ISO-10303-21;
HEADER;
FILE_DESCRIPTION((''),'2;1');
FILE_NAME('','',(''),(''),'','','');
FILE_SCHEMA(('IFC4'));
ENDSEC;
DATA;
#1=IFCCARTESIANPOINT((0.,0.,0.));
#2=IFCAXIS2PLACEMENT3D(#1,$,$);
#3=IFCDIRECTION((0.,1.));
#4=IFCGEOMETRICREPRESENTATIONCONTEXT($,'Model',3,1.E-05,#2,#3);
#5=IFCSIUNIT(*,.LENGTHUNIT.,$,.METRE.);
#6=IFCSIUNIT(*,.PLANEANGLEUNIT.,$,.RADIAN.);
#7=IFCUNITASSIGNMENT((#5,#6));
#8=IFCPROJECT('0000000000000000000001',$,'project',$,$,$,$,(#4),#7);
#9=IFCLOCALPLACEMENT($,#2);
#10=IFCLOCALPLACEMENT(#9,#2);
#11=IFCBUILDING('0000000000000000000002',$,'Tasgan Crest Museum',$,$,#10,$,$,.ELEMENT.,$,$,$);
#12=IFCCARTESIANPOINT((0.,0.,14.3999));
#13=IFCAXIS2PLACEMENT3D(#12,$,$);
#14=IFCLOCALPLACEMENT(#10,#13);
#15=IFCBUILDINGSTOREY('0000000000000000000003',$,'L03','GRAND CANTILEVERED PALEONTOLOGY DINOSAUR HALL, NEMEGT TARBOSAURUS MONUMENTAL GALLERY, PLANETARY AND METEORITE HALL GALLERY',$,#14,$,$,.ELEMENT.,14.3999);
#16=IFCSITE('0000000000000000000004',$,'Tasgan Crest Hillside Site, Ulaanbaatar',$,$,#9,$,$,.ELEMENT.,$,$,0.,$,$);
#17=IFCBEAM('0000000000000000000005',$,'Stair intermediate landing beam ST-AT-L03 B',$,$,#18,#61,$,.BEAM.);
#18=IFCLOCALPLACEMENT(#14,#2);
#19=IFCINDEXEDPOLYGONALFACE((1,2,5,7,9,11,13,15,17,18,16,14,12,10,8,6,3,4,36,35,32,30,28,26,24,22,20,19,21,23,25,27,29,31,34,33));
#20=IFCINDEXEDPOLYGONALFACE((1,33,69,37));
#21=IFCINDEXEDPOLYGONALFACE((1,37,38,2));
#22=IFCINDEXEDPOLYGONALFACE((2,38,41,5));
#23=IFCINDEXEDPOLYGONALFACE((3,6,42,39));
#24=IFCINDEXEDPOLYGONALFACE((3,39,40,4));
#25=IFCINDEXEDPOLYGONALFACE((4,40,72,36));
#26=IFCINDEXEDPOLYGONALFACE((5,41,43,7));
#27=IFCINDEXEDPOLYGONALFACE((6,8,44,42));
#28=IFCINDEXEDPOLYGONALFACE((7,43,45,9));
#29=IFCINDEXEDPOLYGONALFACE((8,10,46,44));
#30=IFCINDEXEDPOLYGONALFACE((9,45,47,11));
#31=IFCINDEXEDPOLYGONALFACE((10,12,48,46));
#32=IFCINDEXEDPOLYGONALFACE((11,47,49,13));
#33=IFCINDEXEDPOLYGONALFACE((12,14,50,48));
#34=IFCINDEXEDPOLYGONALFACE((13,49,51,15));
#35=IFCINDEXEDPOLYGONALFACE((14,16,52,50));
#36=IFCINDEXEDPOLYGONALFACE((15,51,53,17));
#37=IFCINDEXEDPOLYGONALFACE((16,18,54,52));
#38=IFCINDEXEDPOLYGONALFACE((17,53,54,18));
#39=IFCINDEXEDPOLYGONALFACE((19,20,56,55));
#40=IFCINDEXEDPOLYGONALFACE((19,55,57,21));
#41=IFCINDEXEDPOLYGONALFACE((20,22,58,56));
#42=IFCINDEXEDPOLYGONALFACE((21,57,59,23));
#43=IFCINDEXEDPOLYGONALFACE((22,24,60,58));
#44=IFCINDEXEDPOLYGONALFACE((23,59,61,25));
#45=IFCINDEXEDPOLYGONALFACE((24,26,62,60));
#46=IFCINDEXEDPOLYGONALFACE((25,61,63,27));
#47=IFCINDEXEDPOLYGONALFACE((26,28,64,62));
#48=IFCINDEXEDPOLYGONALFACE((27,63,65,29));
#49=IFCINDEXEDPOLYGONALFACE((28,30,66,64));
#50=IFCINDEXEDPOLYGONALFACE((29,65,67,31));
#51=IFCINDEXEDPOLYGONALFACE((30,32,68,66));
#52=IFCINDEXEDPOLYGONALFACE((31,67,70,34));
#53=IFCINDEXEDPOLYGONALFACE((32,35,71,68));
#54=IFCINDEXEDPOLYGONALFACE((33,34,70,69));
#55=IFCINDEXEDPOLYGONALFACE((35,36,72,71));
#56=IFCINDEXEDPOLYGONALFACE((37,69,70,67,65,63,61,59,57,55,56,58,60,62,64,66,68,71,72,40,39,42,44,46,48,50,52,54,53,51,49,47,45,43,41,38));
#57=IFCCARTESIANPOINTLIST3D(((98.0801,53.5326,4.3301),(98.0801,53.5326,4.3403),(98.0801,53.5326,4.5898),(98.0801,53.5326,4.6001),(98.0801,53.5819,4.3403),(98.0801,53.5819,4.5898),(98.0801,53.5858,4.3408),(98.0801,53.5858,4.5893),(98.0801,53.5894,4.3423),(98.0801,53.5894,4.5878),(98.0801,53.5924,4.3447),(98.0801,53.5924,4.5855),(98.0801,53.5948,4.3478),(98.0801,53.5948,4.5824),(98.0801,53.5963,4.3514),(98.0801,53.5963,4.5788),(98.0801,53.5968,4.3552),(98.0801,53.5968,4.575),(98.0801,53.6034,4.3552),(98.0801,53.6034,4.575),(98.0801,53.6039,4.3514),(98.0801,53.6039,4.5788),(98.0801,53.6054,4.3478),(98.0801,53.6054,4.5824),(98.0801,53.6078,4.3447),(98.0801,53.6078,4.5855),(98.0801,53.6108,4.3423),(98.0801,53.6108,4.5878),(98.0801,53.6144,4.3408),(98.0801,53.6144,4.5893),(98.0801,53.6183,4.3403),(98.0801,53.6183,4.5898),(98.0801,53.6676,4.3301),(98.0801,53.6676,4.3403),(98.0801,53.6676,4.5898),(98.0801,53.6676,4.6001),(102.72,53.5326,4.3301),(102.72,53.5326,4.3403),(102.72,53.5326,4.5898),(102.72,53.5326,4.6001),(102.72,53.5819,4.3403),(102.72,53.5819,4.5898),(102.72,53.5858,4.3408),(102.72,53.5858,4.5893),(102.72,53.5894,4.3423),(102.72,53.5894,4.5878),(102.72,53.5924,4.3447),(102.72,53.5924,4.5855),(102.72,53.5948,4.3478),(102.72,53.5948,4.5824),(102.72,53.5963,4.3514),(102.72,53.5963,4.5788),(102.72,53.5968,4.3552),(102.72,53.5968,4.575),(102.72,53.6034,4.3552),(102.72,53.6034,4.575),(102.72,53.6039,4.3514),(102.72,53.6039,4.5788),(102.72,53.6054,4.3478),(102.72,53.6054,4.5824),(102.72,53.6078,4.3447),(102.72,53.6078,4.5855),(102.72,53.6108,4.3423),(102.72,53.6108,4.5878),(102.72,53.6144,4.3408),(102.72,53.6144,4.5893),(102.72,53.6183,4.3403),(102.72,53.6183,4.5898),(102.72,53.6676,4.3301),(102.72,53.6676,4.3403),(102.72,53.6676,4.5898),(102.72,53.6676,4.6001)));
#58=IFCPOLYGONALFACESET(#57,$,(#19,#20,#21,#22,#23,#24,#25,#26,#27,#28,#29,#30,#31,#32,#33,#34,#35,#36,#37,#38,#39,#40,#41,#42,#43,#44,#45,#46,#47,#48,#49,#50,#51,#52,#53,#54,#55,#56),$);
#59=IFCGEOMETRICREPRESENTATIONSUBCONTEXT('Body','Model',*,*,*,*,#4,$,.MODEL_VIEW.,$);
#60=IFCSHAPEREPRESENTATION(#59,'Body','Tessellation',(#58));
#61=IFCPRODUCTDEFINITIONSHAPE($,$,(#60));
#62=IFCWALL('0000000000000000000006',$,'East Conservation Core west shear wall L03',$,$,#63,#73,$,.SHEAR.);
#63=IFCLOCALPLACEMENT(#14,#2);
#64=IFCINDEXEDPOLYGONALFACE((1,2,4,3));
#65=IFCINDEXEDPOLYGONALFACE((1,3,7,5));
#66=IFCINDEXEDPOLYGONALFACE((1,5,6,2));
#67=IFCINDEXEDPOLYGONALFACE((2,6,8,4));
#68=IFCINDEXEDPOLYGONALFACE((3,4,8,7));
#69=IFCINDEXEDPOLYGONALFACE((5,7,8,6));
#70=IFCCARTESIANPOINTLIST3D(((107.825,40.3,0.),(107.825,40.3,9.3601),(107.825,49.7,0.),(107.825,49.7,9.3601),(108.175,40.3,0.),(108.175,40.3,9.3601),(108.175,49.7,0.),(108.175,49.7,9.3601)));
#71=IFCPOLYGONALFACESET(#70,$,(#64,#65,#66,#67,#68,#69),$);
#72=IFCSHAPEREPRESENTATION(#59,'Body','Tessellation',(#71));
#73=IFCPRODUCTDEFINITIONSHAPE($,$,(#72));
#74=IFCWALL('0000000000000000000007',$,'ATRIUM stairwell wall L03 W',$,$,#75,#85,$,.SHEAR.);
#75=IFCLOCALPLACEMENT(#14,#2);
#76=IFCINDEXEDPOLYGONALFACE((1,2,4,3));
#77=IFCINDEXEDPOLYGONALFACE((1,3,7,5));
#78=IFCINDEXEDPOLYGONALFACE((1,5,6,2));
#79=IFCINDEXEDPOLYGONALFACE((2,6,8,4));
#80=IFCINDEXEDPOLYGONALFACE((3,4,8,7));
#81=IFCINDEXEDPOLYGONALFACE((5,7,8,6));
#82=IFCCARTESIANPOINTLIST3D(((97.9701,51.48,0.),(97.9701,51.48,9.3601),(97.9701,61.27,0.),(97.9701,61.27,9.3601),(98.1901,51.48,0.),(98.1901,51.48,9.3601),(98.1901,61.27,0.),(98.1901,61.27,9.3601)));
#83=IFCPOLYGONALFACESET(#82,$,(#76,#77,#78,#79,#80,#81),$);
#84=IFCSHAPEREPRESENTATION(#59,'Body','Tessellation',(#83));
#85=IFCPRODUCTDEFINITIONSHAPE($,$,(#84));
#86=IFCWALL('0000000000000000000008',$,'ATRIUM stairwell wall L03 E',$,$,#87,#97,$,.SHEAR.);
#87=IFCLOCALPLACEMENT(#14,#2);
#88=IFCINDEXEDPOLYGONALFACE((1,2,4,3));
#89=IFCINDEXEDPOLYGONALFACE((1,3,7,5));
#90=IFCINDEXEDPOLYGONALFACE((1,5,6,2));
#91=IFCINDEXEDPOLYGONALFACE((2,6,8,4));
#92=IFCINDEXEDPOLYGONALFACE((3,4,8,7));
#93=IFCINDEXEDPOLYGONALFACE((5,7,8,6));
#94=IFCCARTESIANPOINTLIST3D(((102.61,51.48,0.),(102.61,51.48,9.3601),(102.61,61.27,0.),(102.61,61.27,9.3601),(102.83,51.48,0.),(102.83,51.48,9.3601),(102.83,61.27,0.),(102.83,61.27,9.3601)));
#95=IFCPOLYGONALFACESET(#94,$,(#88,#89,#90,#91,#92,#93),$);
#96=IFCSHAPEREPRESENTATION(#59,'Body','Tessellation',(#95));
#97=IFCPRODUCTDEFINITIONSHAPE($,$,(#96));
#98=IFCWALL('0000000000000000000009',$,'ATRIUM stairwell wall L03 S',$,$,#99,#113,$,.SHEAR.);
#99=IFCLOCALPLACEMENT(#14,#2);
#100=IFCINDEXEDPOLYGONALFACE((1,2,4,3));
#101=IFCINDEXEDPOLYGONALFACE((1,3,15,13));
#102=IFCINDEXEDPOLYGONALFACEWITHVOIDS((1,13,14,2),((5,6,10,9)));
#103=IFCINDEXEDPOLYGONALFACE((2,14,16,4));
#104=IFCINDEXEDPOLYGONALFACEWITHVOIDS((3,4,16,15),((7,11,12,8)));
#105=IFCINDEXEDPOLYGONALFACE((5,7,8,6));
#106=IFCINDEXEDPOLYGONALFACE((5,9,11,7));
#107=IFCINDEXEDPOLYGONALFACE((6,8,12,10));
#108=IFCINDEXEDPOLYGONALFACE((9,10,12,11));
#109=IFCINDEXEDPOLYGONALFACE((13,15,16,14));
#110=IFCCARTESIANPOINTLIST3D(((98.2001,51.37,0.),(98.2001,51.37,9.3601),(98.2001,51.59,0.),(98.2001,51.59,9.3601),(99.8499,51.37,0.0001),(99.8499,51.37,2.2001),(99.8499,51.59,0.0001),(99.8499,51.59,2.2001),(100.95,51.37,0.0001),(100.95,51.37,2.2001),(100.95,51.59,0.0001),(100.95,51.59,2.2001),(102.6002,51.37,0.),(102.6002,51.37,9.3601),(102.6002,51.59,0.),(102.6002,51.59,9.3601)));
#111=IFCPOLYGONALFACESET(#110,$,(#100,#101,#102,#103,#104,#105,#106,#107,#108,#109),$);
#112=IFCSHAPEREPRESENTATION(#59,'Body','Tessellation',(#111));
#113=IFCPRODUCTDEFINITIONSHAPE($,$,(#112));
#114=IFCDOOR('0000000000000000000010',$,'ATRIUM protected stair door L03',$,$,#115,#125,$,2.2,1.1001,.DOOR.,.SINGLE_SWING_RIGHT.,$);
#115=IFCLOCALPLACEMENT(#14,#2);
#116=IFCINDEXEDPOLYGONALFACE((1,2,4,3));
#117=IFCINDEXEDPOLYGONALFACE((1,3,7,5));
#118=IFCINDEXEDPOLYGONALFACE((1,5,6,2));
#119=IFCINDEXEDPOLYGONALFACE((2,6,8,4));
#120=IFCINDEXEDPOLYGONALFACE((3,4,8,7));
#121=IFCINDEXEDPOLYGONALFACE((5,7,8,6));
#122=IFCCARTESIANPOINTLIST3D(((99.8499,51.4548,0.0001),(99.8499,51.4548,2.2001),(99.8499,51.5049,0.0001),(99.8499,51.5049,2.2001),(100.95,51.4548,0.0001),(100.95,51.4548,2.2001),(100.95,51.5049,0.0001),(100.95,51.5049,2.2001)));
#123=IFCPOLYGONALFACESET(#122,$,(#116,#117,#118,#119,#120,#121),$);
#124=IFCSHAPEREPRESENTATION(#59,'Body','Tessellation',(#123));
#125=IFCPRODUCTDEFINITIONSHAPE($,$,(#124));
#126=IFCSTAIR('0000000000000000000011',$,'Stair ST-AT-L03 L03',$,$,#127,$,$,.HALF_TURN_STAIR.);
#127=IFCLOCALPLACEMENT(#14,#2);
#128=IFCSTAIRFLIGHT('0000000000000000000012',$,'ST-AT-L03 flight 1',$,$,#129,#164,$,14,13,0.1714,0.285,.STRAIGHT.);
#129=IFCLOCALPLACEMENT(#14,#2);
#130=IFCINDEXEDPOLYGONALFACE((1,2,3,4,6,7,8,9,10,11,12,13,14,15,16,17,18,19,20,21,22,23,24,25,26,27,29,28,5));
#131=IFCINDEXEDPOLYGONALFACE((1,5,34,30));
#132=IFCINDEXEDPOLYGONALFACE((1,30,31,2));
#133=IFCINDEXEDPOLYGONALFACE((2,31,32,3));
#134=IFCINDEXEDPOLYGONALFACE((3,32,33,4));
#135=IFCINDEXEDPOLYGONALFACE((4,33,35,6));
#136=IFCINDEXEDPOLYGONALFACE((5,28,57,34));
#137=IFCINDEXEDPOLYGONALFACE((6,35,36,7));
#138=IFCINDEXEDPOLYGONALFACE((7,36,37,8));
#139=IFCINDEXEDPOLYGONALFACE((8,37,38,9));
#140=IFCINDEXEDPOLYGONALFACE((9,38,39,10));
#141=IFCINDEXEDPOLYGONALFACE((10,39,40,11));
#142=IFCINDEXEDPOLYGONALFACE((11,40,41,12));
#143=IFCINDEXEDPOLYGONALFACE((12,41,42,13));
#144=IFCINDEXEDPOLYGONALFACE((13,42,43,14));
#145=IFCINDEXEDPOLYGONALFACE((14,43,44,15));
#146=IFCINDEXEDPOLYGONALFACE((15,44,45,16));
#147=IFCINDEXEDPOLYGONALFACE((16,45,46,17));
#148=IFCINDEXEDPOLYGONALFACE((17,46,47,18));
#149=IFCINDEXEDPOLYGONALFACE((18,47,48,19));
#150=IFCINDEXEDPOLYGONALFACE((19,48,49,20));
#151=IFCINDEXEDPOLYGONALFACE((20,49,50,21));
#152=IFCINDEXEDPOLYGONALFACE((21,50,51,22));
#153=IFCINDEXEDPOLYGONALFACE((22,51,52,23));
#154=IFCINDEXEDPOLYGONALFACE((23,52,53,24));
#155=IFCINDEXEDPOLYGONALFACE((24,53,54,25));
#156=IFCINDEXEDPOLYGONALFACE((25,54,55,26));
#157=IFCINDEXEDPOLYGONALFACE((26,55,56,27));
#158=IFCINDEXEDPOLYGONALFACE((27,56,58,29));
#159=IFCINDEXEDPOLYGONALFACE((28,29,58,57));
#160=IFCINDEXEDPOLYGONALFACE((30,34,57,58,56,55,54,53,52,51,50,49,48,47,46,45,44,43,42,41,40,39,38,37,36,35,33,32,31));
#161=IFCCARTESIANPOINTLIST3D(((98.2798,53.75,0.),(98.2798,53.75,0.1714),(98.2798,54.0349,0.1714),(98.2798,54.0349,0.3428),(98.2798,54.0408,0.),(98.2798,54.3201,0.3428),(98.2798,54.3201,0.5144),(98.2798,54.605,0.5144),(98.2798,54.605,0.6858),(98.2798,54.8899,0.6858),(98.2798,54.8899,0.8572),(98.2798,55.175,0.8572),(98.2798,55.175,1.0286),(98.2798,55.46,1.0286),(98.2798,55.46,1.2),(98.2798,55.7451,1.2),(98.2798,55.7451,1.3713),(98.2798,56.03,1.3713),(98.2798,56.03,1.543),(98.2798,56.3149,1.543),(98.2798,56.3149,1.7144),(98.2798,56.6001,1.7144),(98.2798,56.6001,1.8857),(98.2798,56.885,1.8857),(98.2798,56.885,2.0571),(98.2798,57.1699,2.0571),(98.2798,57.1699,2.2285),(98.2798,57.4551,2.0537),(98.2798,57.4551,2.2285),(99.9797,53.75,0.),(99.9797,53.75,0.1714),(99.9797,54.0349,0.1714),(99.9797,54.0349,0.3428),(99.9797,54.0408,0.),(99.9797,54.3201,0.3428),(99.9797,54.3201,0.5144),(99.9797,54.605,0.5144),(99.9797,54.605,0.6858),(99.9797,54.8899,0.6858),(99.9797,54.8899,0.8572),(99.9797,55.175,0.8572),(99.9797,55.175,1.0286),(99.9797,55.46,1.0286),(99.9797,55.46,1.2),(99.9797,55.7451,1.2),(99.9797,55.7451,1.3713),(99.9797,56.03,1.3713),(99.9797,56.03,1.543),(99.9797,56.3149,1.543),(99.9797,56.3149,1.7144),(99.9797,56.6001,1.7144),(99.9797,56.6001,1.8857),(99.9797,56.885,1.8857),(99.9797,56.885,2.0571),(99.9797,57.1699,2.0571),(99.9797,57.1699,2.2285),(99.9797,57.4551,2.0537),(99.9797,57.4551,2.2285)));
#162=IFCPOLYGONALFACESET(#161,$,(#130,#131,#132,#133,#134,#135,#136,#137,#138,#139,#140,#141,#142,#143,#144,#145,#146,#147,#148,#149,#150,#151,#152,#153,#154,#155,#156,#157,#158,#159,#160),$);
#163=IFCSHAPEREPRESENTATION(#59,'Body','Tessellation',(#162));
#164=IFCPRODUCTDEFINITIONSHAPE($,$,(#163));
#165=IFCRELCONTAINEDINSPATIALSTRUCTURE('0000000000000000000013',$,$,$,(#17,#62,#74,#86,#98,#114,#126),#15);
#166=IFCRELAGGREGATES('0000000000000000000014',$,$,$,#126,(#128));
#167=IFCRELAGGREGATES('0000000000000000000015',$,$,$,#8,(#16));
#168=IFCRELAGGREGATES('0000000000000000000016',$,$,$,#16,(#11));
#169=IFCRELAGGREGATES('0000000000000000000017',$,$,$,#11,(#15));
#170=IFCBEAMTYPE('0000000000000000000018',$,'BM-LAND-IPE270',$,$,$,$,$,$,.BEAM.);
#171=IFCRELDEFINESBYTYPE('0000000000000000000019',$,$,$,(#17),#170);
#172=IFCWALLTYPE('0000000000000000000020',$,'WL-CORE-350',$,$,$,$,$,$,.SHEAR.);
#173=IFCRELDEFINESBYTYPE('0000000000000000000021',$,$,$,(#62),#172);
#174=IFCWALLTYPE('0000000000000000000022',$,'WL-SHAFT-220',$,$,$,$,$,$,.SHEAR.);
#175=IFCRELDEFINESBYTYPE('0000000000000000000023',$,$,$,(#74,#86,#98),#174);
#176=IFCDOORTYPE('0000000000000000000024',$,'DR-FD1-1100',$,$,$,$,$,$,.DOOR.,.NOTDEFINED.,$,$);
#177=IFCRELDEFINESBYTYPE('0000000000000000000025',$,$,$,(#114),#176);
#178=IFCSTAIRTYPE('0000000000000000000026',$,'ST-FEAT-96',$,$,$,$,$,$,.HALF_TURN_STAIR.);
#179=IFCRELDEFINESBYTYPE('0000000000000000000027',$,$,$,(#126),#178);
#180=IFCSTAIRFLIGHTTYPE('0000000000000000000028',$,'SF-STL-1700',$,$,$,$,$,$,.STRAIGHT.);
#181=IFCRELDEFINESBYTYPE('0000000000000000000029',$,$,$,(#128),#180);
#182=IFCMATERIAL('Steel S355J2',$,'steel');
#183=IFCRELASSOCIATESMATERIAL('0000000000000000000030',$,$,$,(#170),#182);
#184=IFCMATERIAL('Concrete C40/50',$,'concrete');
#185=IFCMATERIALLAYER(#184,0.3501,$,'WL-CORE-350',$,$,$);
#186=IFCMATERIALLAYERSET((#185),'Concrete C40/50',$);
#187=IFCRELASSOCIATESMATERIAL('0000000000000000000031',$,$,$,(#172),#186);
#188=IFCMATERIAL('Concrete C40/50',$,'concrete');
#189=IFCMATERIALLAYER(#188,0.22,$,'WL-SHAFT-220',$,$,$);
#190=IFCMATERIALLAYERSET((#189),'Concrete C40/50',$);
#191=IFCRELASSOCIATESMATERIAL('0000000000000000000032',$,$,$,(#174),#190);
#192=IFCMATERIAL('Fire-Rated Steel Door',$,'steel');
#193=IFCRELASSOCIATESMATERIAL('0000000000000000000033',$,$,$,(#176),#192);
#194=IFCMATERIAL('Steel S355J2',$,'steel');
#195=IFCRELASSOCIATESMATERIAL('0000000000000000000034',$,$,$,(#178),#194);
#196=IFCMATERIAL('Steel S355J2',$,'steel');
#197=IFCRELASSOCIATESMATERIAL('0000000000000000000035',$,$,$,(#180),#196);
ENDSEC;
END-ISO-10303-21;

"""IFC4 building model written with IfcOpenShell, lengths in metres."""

from ifc_helpers import new_model, si_unit, direction, frame, frame_2d, origin, origin_2d, place, context, subcontext, project, spatial, polyline, rectangle, i_section, outline, extrude, material, layer, layer_set, material_profile, profile_set, type_object, element, fill, aggregate, save


model = new_model("IFC4")

# Units and contexts
model_context = context("Model", 3, precision=1e-05, world=origin(), true_north=direction((0.0, 1.0)))
body_context = subcontext(model_context, "Body", "Model", "MODEL_VIEW")
ifc_project = project(units=[si_unit("LENGTHUNIT", "METRE"), si_unit("PLANEANGLEUNIT", "RADIAN")], contexts=[model_context])

# Site, building, storey
site_placement = place(None, origin())
site = spatial("IfcSite", under=ifc_project, at=site_placement, Name="Tasgan Crest Hillside Site, Ulaanbaatar", CompositionType="ELEMENT", RefElevation=0.0)
building_placement = place(site_placement, origin())
building = spatial("IfcBuilding", under=site, at=building_placement, Name="Tasgan Crest Museum", CompositionType="ELEMENT")
storey_placement = place(building_placement, frame((0.0, 0.0, 14.3999)))
storey = spatial("IfcBuildingStorey", under=building, at=storey_placement, Name="L03", Description="GRAND CANTILEVERED PALEONTOLOGY DINOSAUR HALL, NEMEGT TARBOSAURUS MONUMENTAL GALLERY, PLANETARY AND METEORITE HALL GALLERY", CompositionType="ELEMENT", Elevation=14.3999)

# Beam
ifc_material_1 = material(Name="Steel S355J2", Category="steel")
ifc_material_profile_1 = material_profile(ifc_material_1, i_section(OverallWidth=0.135, OverallDepth=0.27, WebThickness=0.0066, FlangeThickness=0.0103, FilletRadius=0.0149, at=origin_2d()), Name="IPE 270")
ifc_profile_set_1 = profile_set([ifc_material_profile_1], Name="Steel S355J2")
beam_type_1 = type_object("IfcBeamType", Name="BM-LAND-IPE270", PredefinedType="BEAM", material=ifc_profile_set_1)
for number, where, z_axis, x_axis, name in (
    (1, (98.0801, 53.6001, 4.4651), (1.0, 0.0, 0.0), (0.0, 1.0, 0.0), "Stair intermediate landing beam ST-AT-L03 B"),
):
    element("IfcBeam", number, at=place(storey_placement, frame(where, z_axis=z_axis, x_axis=x_axis)), inside=storey, type_object=beam_type_1, Name=name, PredefinedType="BEAM", context=body_context, shape_type="SweptSolid", body=[
        extrude(i_section(OverallWidth=0.135, OverallDepth=0.27, WebThickness=0.0066, FlangeThickness=0.0103, FilletRadius=0.0149, at=origin_2d()), origin(), (0.0, 0.0, 1.0), 4.6399),
    ])

# Walls
ifc_material_2 = material(Name="Concrete C40/50", Category="concrete")
ifc_layer_1 = layer(ifc_material_2, 0.3501, Name="WL-CORE-350")
ifc_layer_set_1 = layer_set([ifc_layer_1], Name="Concrete C40/50")
wall_type_1 = type_object("IfcWallType", Name="WL-CORE-350", PredefinedType="SHEAR", material=ifc_layer_set_1)
wall_1_placement = place(storey_placement, frame((108.0, 40.3, 0.0), z_axis=(0.0, 0.0, 1.0), x_axis=(0.0, 1.0, 0.0)))
element("IfcWall", 2, at=wall_1_placement, inside=storey, type_object=wall_type_1, Name="East Conservation Core west shear wall L03", PredefinedType="SHEAR", context=body_context, shape_type="SweptSolid", body=[
    extrude(rectangle(XDim=9.3999, YDim=0.3501, at=frame_2d((4.7, 0.0))), origin(), (0.0, 0.0, 1.0), 9.3601),
])
ifc_material_3 = material(Name="Concrete C40/50", Category="concrete")
ifc_layer_2 = layer(ifc_material_3, 0.22, Name="WL-SHAFT-220")
ifc_layer_set_2 = layer_set([ifc_layer_2], Name="Concrete C40/50")
wall_type_2 = type_object("IfcWallType", Name="WL-SHAFT-220", PredefinedType="SHEAR", material=ifc_layer_set_2)
for number, where, z_axis, x_axis, name in (
    (3, (98.0801, 51.48, 0.0), (0.0, 0.0, 1.0), (0.0, 1.0, 0.0), "ATRIUM stairwell wall L03 W"),
    (4, (102.72, 51.48, 0.0), (0.0, 0.0, 1.0), (0.0, 1.0, 0.0), "ATRIUM stairwell wall L03 E"),
):
    element("IfcWall", number, at=place(storey_placement, frame(where, z_axis=z_axis, x_axis=x_axis)), inside=storey, type_object=wall_type_2, Name=name, PredefinedType="SHEAR", context=body_context, shape_type="SweptSolid", body=[
        extrude(rectangle(XDim=9.79, YDim=0.22, at=frame_2d((4.895, 0.0))), origin(), (0.0, 0.0, 1.0), 9.3601),
    ])

# Wall, opening, door
wall_2_placement = place(storey_placement, frame((98.2, 51.48, 0.0), z_axis=(0.0, 0.0, 1.0), x_axis=(1.0, 0.0, 0.0)))
wall_2 = element("IfcWall", 5, at=wall_2_placement, inside=storey, type_object=wall_type_2, Name="ATRIUM stairwell wall L03 S", PredefinedType="SHEAR", context=body_context, shape_type="SweptSolid", body=[
    extrude(rectangle(XDim=4.4001, YDim=0.22, at=frame_2d((2.2002, 0.0))), origin(), (0.0, 0.0, 1.0), 9.3601),
])
opening_placement = place(wall_2_placement, frame((1.6499, 0.0, 0.0)))
opening = element("IfcOpeningElement", 6, at=opening_placement, cuts=wall_2, PredefinedType="OPENING", context=body_context, shape_type="SweptSolid", body=[
    extrude(rectangle(XDim=1.1001, YDim=2.2, at=frame_2d((0.55, 1.1001))), frame((0.0, 0.1199, 0.0), z_axis=(0.0, -1.0, 0.0), x_axis=(1.0, 0.0, 0.0)), (0.0, 0.0, 1.0), 0.24),
])
ifc_material_4 = material(Name="Fire-Rated Steel Door", Category="steel")
door_type = type_object("IfcDoorType", Name="DR-FD1-1100", OperationType="NOTDEFINED", PredefinedType="DOOR", material=ifc_material_4)
door_placement = place(opening_placement, origin())
door = element("IfcDoor", 7, at=door_placement, inside=storey, type_object=door_type, Name="ATRIUM protected stair door L03", OperationType="SINGLE_SWING_RIGHT", OverallHeight=2.2, OverallWidth=1.1001, PredefinedType="DOOR", context=body_context, shape_type="SweptSolid", body=[
    extrude(rectangle(XDim=1.1001, YDim=2.2, at=frame_2d((0.55, 1.1001))), frame((0.0, 0.0249, 0.0), z_axis=(0.0, -1.0, 0.0), x_axis=(1.0, 0.0, 0.0)), (0.0, 0.0, 1.0), 0.05),
])
fill(opening, door)

# Stair, stair flight
ifc_material_5 = material(Name="Steel S355J2", Category="steel")
stair_type = type_object("IfcStairType", Name="ST-FEAT-96", PredefinedType="HALF_TURN_STAIR", material=ifc_material_5)
stair_placement = place(storey_placement, origin())
stair = element("IfcStair", 8, at=stair_placement, inside=storey, type_object=stair_type, Name="Stair ST-AT-L03 L03", PredefinedType="HALF_TURN_STAIR")
ifc_material_6 = material(Name="Steel S355J2", Category="steel")
stair_flight_type = type_object("IfcStairFlightType", Name="SF-STL-1700", PredefinedType="STRAIGHT", material=ifc_material_6)
stair_flight_1_placement = place(storey_placement, frame((99.1299, 53.75, 0.0), z_axis=(0.0, 0.0, 1.0), x_axis=(0.0, 1.0, 0.0)))
stair_flight_1 = element("IfcStairFlight", 9, at=stair_flight_1_placement, type_object=stair_flight_type, Name="ST-AT-L03 flight 1", NumberOfRisers=14, NumberOfTreads=13, PredefinedType="STRAIGHT", RiserHeight=0.1714, TreadLength=0.285, context=body_context, shape_type="SweptSolid", body=[
    extrude(outline(polyline([(0.0, 0.0), (0.0, 0.1714), (0.2849, 0.1714), (0.2849, 0.3428), (0.5701, 0.3428), (0.5701, 0.5144), (0.855, 0.5144), (0.855, 0.6858), (1.1399, 0.6858), (1.1399, 0.8572), (1.425, 0.8572), (1.425, 1.0286), (1.71, 1.0286), (1.71, 1.2), (1.9951, 1.2), (1.9951, 1.3713), (2.28, 1.3713), (2.28, 1.543), (2.5649, 1.543), (2.5649, 1.7144), (2.8501, 1.7144), (2.8501, 1.8857), (3.135, 1.8857), (3.135, 2.0571), (3.4199, 2.0571), (3.4199, 2.2285), (3.7051, 2.2285), (3.7051, 2.3999), (3.7051, 2.0537), (0.2908, 0.0), (0.0, 0.0)])), frame((0.0, 0.8501, 0.0), z_axis=(0.0, -1.0, 0.0), x_axis=(1.0, 0.0, 0.0)), (0.0, 0.0, 1.0), 1.7),
])
aggregate(stair, [stair_flight_1])

save(model, "model.ifc")
